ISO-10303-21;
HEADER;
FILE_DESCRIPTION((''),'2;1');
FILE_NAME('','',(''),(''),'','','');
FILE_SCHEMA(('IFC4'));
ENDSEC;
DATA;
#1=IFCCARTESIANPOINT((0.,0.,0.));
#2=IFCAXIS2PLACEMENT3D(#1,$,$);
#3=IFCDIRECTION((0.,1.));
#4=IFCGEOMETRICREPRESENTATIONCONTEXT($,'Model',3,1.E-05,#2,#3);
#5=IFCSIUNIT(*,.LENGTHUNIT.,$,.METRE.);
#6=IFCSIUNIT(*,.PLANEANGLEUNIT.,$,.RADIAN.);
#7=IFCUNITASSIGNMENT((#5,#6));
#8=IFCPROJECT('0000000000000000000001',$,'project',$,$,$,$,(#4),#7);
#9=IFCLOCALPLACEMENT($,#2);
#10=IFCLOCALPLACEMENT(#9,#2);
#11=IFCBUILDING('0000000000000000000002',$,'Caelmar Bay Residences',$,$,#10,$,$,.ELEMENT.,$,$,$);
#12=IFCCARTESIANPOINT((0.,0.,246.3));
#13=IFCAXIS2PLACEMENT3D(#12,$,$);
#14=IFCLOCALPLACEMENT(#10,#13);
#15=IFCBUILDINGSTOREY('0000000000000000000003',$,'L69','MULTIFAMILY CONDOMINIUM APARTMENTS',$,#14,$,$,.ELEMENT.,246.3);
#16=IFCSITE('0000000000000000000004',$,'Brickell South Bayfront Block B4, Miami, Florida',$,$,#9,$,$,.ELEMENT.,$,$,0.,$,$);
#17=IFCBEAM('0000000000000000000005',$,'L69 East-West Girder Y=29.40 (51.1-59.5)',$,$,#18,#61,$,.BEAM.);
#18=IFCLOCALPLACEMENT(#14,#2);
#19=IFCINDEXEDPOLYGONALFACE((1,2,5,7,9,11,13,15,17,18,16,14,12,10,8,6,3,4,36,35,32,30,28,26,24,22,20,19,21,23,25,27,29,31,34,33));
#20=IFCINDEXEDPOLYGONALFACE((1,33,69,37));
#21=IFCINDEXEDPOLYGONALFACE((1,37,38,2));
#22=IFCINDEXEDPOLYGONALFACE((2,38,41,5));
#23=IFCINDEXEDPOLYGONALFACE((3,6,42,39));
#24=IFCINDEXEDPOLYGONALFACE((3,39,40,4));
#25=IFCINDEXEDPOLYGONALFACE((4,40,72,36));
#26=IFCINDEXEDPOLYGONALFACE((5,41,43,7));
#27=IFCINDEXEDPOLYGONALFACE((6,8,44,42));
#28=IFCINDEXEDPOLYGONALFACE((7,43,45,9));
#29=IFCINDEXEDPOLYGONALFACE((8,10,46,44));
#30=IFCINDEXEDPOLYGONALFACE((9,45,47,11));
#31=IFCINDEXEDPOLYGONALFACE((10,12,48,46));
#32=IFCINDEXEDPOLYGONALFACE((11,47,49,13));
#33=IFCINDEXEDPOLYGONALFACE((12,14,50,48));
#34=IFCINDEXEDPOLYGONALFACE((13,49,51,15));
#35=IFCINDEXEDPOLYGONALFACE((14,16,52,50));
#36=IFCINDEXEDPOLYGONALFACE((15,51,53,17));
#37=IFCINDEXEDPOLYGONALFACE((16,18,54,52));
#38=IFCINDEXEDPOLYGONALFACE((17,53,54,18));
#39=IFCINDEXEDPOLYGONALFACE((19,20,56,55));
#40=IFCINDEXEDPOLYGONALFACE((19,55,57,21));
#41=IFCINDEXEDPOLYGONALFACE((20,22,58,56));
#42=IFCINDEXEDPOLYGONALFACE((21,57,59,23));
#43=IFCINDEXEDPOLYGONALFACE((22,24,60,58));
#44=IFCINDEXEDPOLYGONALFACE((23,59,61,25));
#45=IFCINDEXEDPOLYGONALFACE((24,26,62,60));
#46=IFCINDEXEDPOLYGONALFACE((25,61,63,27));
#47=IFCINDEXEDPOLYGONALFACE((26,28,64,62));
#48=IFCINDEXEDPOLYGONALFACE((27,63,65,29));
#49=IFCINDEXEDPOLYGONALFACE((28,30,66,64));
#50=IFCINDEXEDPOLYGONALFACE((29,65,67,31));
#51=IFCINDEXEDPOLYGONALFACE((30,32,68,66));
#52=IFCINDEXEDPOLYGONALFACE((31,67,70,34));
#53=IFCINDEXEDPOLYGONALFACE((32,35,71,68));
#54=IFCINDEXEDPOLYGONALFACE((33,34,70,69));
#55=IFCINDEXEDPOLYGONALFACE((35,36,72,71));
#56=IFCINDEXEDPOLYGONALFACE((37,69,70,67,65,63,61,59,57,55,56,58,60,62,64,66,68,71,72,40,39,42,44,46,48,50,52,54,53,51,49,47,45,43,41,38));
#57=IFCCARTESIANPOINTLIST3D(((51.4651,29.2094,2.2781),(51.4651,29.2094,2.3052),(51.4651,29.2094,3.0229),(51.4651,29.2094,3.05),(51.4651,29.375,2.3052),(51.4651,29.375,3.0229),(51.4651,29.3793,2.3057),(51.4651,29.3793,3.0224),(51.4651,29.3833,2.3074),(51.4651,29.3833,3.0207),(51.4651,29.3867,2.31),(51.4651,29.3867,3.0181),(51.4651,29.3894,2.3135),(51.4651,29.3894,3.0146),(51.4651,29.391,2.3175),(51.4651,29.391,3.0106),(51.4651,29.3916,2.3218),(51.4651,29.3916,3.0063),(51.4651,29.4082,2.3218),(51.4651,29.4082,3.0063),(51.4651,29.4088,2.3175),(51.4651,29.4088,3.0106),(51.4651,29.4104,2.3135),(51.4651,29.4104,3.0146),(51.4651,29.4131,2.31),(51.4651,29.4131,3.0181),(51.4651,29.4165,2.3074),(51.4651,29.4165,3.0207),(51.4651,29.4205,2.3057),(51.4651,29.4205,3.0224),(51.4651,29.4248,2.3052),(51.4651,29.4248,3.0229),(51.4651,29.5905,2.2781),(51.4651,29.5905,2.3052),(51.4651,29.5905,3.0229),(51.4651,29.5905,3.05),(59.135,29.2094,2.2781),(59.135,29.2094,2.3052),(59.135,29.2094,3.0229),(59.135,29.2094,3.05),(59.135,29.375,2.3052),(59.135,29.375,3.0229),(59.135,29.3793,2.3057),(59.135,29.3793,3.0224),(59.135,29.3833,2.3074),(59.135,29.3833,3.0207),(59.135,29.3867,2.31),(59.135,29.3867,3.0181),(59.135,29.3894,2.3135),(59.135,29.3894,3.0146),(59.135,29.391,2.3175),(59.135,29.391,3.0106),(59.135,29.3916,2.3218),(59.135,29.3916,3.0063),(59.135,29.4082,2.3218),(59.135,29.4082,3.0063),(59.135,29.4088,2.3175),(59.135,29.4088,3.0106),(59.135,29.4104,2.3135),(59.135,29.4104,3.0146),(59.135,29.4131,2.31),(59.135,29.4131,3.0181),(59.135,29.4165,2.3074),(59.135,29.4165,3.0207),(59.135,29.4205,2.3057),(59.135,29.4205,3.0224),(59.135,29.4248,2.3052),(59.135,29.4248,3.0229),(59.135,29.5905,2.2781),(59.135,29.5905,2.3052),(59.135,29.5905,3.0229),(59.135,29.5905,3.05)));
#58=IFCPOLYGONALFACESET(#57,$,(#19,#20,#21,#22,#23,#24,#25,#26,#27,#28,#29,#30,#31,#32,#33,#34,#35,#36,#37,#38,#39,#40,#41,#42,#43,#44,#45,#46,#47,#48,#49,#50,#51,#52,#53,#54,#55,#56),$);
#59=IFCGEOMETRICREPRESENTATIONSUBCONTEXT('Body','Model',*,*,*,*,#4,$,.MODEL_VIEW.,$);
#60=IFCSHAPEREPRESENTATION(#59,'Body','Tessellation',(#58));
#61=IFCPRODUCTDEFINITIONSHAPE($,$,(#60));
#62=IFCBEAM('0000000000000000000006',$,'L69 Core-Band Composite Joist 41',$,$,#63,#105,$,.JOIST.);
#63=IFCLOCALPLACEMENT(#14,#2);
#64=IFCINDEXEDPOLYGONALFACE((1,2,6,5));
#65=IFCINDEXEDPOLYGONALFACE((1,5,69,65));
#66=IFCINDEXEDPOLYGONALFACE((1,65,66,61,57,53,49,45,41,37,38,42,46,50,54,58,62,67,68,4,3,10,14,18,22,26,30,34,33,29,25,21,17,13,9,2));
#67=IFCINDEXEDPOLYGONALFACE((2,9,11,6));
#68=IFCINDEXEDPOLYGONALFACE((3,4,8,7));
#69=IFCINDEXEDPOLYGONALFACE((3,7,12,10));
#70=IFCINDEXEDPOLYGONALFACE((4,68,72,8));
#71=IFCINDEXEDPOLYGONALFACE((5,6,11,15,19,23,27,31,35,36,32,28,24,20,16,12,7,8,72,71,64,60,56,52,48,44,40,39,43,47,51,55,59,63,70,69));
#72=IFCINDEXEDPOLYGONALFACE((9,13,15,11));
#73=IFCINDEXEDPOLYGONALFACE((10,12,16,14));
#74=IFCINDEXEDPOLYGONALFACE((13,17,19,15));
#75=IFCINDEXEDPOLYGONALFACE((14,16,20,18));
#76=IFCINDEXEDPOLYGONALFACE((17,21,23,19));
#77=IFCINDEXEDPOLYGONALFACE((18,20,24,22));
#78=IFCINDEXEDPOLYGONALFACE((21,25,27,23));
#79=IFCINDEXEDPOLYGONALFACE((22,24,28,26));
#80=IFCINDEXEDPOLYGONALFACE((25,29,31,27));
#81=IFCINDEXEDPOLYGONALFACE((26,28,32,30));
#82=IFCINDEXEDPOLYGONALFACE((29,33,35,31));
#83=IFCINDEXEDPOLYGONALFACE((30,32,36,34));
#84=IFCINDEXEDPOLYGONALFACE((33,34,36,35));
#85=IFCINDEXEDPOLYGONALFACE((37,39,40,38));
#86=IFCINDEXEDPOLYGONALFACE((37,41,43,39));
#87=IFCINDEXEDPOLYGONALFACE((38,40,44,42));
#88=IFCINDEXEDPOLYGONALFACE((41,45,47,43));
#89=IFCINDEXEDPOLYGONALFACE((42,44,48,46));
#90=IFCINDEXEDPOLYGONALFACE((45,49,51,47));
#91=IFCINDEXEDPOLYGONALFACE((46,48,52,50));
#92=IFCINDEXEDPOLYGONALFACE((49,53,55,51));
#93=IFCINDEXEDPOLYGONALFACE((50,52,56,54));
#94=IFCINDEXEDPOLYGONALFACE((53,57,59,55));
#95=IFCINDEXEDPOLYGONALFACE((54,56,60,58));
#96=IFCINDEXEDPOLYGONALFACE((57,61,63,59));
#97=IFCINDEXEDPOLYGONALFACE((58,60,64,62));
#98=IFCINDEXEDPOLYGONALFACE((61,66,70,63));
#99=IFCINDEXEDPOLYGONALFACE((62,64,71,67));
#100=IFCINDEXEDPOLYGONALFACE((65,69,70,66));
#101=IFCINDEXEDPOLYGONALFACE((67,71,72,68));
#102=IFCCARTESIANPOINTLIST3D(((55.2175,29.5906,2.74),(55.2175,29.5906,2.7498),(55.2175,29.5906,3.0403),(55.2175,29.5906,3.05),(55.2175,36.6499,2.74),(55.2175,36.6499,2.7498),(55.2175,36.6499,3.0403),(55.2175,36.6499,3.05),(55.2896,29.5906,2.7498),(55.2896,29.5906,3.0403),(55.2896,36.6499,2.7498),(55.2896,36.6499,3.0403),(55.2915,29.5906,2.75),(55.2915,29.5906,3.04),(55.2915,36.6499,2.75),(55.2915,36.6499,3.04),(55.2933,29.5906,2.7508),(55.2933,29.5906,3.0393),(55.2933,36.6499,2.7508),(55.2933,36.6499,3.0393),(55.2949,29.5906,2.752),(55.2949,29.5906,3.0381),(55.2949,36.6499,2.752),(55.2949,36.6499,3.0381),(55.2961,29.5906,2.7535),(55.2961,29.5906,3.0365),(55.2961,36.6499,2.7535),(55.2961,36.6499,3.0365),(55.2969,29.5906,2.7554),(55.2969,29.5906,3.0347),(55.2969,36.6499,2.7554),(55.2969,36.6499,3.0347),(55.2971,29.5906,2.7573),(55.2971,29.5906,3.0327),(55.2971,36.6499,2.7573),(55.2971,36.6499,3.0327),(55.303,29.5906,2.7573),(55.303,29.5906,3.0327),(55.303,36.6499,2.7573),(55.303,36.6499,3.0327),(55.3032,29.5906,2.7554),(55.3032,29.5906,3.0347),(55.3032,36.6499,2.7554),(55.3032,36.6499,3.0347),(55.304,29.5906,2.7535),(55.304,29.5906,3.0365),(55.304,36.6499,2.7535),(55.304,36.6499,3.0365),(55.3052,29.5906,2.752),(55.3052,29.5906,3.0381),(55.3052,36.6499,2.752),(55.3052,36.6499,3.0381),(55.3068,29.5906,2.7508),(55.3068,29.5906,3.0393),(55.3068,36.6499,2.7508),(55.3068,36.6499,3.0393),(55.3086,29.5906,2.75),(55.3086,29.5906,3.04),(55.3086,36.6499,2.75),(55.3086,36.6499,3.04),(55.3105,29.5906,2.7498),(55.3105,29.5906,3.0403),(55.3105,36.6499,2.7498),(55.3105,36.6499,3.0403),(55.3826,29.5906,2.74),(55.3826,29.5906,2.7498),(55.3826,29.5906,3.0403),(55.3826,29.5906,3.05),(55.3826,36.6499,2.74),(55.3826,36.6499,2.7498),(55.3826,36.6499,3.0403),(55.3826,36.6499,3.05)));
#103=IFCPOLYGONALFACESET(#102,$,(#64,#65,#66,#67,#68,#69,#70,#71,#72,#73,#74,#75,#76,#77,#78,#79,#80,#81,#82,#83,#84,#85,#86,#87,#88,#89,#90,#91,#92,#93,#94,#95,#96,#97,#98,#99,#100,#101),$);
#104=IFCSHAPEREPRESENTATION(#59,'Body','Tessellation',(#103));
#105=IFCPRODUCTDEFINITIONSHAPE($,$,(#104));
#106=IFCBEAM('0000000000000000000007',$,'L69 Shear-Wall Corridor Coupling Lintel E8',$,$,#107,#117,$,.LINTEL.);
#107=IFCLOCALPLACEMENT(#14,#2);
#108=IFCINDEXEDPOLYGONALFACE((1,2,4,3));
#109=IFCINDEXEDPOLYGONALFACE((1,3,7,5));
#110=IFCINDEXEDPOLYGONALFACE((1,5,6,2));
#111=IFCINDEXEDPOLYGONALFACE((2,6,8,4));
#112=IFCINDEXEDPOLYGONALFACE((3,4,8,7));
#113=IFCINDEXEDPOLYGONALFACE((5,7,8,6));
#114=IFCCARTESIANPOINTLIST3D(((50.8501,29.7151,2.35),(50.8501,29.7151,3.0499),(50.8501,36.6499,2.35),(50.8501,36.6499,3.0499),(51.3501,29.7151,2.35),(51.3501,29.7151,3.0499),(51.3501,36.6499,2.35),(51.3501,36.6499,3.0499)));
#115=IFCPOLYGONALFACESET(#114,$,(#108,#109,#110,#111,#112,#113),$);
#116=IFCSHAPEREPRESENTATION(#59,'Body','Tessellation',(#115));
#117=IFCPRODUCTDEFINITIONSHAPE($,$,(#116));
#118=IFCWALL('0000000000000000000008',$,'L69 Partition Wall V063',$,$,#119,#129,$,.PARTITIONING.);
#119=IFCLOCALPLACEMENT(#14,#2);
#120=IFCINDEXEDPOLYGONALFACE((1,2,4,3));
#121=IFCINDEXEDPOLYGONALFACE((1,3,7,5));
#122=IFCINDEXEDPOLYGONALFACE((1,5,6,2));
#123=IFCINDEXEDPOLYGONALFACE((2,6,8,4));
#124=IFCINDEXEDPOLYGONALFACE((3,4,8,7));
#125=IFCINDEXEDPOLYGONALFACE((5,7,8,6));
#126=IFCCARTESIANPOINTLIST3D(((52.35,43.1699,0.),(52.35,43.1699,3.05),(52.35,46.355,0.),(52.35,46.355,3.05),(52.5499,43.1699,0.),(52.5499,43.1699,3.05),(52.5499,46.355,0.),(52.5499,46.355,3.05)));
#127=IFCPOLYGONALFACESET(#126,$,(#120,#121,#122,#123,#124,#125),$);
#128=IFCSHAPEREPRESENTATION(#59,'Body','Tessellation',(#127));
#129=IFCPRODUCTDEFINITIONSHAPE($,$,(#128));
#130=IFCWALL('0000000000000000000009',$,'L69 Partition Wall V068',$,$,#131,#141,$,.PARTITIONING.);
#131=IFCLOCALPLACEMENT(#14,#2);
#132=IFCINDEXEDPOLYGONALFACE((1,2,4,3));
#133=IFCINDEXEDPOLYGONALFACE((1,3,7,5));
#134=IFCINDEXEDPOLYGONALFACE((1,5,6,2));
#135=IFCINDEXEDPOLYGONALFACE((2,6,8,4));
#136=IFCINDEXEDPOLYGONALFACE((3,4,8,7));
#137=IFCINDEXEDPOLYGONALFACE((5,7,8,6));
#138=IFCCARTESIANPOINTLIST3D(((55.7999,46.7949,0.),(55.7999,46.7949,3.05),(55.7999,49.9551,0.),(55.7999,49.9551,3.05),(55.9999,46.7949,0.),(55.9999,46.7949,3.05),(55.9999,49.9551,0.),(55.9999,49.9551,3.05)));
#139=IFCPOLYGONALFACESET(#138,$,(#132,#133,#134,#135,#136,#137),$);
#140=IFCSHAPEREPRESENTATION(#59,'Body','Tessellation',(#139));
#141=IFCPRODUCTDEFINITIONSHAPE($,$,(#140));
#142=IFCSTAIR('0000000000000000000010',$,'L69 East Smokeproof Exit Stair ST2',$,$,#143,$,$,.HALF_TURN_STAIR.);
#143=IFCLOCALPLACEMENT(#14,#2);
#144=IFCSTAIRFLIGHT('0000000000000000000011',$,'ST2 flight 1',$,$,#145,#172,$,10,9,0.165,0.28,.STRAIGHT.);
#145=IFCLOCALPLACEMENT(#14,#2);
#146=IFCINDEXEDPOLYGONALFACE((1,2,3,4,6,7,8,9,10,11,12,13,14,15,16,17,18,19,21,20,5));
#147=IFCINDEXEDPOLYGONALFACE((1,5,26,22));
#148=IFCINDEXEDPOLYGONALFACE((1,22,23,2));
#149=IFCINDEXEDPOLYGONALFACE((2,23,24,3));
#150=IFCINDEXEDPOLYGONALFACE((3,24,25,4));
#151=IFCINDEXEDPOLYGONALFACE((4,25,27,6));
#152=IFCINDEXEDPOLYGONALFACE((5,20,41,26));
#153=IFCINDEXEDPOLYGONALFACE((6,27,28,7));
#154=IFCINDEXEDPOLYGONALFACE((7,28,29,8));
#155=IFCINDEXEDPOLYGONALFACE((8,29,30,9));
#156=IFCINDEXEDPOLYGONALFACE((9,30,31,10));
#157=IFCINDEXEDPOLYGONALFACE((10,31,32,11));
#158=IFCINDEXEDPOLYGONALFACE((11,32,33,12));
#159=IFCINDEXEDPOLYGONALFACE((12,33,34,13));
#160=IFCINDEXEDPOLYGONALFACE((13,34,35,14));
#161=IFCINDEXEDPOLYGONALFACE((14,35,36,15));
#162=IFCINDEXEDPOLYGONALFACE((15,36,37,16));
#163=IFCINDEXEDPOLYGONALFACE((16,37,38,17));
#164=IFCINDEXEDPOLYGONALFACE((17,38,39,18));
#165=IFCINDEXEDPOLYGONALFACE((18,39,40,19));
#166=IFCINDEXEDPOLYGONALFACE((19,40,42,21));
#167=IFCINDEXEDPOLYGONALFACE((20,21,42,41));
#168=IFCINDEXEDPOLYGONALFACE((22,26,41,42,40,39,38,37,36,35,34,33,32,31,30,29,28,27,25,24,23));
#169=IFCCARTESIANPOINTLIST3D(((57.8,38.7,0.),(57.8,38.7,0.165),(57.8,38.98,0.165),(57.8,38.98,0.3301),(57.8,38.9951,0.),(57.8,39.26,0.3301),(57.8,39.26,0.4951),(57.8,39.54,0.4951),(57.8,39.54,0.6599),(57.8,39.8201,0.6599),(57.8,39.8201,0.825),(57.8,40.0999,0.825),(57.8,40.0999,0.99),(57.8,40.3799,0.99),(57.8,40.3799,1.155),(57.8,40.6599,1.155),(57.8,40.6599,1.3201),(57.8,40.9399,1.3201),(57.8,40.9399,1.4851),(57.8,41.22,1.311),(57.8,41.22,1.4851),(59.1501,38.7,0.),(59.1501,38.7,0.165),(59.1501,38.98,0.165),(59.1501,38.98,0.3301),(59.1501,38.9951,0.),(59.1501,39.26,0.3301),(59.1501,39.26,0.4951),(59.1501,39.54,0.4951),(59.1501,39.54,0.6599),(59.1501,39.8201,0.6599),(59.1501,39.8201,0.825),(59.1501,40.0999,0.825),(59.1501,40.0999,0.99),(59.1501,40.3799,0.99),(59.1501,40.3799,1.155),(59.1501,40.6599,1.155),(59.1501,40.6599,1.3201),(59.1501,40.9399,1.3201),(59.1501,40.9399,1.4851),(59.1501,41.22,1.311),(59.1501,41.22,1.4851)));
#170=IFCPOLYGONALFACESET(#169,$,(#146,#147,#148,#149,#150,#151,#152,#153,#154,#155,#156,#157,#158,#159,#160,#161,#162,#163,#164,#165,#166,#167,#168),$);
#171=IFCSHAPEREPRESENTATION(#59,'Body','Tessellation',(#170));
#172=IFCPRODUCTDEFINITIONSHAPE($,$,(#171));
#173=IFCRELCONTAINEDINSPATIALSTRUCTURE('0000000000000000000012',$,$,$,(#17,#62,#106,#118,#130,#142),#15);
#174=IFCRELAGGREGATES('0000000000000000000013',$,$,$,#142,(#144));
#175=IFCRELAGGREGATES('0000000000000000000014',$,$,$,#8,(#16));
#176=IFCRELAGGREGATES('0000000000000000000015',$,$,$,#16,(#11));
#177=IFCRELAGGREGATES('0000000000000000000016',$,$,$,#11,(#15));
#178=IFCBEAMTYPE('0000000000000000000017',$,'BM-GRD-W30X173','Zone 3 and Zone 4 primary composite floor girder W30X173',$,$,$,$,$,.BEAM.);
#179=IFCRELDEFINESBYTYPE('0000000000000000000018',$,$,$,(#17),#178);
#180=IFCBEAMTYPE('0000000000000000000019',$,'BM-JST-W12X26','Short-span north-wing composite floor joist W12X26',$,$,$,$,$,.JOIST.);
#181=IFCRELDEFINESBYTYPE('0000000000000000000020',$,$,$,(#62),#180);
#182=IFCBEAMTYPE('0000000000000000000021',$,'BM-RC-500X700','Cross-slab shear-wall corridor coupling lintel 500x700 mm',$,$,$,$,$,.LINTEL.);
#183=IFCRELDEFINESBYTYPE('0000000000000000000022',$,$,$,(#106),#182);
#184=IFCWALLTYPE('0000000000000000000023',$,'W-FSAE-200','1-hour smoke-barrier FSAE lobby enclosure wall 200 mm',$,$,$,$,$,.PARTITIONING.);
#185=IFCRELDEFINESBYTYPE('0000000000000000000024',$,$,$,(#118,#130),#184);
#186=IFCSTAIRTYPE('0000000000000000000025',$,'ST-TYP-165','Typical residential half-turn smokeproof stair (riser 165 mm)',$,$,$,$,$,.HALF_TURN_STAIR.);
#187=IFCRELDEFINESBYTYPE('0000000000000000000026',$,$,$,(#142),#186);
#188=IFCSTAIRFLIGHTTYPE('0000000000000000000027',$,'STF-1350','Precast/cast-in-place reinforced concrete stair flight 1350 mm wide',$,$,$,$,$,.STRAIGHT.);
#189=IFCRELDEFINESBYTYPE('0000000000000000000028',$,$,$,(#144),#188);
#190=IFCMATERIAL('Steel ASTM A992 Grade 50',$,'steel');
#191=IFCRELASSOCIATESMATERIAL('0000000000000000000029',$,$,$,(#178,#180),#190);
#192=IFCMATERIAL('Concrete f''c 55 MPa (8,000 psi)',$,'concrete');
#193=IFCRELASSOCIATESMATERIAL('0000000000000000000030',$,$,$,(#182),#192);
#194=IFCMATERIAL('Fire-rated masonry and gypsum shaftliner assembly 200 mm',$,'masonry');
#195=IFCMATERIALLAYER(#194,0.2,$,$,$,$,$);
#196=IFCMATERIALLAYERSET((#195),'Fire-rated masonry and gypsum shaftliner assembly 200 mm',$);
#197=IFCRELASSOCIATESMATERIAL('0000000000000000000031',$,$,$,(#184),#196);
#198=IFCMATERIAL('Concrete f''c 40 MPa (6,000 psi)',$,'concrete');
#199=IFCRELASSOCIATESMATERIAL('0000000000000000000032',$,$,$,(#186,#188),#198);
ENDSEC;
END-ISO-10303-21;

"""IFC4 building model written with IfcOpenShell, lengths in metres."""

from ifc_helpers import new_model, si_unit, direction, frame, frame_2d, origin, origin_2d, place, context, subcontext, project, spatial, polyline, rectangle, i_section, outline, extrude, material, layer, layer_set, material_profile, profile_set, type_object, element, aggregate, save


model = new_model("IFC4")

# Units and contexts
model_context = context("Model", 3, precision=1e-05, world=origin(), true_north=direction((0.0, 1.0)))
body_context = subcontext(model_context, "Body", "Model", "MODEL_VIEW")
ifc_project = project(units=[si_unit("LENGTHUNIT", "METRE"), si_unit("PLANEANGLEUNIT", "RADIAN")], contexts=[model_context])

# Site, building, storey
site_placement = place(None, origin())
site = spatial("IfcSite", under=ifc_project, at=site_placement, Name="Brickell South Bayfront Block B4, Miami, Florida", CompositionType="ELEMENT", RefElevation=0.0)
building_placement = place(site_placement, origin())
building = spatial("IfcBuilding", under=site, at=building_placement, Name="Caelmar Bay Residences", CompositionType="ELEMENT")
storey_placement = place(building_placement, frame((0.0, 0.0, 246.3)))
storey = spatial("IfcBuildingStorey", under=building, at=storey_placement, Name="L69", Description="MULTIFAMILY CONDOMINIUM APARTMENTS", CompositionType="ELEMENT", Elevation=246.3)

# Beams
ifc_material_1 = material(Name="Steel ASTM A992 Grade 50", Category="steel")
ifc_material_profile_1 = material_profile(ifc_material_1, i_section(OverallWidth=0.3811, OverallDepth=0.772, WebThickness=0.0166, FlangeThickness=0.0271, FilletRadius=0.0166, at=origin_2d()), Name="W30X173")
ifc_profile_set_1 = profile_set([ifc_material_profile_1], Name="Steel ASTM A992 Grade 50")
beam_type_1 = type_object("IfcBeamType", Name="BM-GRD-W30X173", Description="Zone 3 and Zone 4 primary composite floor girder W30X173", PredefinedType="BEAM", material=ifc_profile_set_1)
beam_1_placement = place(storey_placement, frame((51.4651, 29.3999, 2.6641), z_axis=(1.0, 0.0, 0.0), x_axis=(0.0, 1.0, 0.0)))
element("IfcBeam", 1, at=beam_1_placement, inside=storey, type_object=beam_type_1, Name="L69 East-West Girder Y=29.40 (51.1-59.5)", PredefinedType="BEAM", context=body_context, shape_type="SweptSolid", body=[
    extrude(i_section(OverallWidth=0.3811, OverallDepth=0.772, WebThickness=0.0166, FlangeThickness=0.0271, FilletRadius=0.0166, at=origin_2d()), origin(), (0.0, 0.0, 1.0), 7.6699),
])
ifc_material_profile_2 = material_profile(ifc_material_1, i_section(OverallWidth=0.165, OverallDepth=0.3101, WebThickness=0.0059, FlangeThickness=0.0098, FilletRadius=0.0076, at=origin_2d()), Name="W12X26")
ifc_profile_set_2 = profile_set([ifc_material_profile_2], Name="Steel ASTM A992 Grade 50")
beam_type_2 = type_object("IfcBeamType", Name="BM-JST-W12X26", Description="Short-span north-wing composite floor joist W12X26", PredefinedType="JOIST", material=ifc_profile_set_2)
beam_2_placement = place(storey_placement, frame((55.3, 29.5906, 2.895), z_axis=(0.0, 1.0, 0.0), x_axis=(-1.0, 0.0, 0.0)))
element("IfcBeam", 2, at=beam_2_placement, inside=storey, type_object=beam_type_2, Name="L69 Core-Band Composite Joist 41", PredefinedType="JOIST", context=body_context, shape_type="SweptSolid", body=[
    extrude(i_section(OverallWidth=0.165, OverallDepth=0.3101, WebThickness=0.0059, FlangeThickness=0.0098, FilletRadius=0.0076, at=origin_2d()), origin(), (0.0, 0.0, 1.0), 7.0593),
])
ifc_material_2 = material(Name="Concrete f'c 55 MPa (8,000 psi)", Category="concrete")
ifc_material_profile_3 = material_profile(ifc_material_2, rectangle(XDim=0.5, YDim=0.7, at=origin_2d()), Name="RC-BM-500X700")
ifc_profile_set_3 = profile_set([ifc_material_profile_3], Name="Concrete f'c 55 MPa (8,000 psi)")
beam_type_3 = type_object("IfcBeamType", Name="BM-RC-500X700", Description="Cross-slab shear-wall corridor coupling lintel 500x700 mm", PredefinedType="LINTEL", material=ifc_profile_set_3)
beam_3_placement = place(storey_placement, frame((51.1001, 29.7151, 2.7), z_axis=(0.0, 1.0, 0.0), x_axis=(-1.0, 0.0, 0.0)))
element("IfcBeam", 3, at=beam_3_placement, inside=storey, type_object=beam_type_3, Name="L69 Shear-Wall Corridor Coupling Lintel E8", PredefinedType="LINTEL", context=body_context, shape_type="SweptSolid", body=[
    extrude(rectangle(XDim=0.5, YDim=0.7, at=origin_2d()), origin(), (0.0, 0.0, 1.0), 6.9348),
])

# Walls
ifc_material_3 = material(Name="Fire-rated masonry and gypsum shaftliner assembly 200 mm", Category="masonry")
ifc_layer_1 = layer(ifc_material_3, 0.2)
ifc_layer_set_1 = layer_set([ifc_layer_1], Name="Fire-rated masonry and gypsum shaftliner assembly 200 mm")
wall_type_1 = type_object("IfcWallType", Name="W-FSAE-200", Description="1-hour smoke-barrier FSAE lobby enclosure wall 200 mm", PredefinedType="PARTITIONING", material=ifc_layer_set_1)
wall_1_placement = place(storey_placement, frame((52.45, 43.1699, 0.0), z_axis=(0.0, 0.0, 1.0), x_axis=(0.0, 1.0, 0.0)))
element("IfcWall", 4, at=wall_1_placement, inside=storey, type_object=wall_type_1, Name="L69 Partition Wall V063", PredefinedType="PARTITIONING", context=body_context, shape_type="SweptSolid", body=[
    extrude(rectangle(XDim=3.1851, YDim=0.2, at=frame_2d((1.5925, 0.0))), origin(), (0.0, 0.0, 1.0), 3.05),
])
wall_2_placement = place(storey_placement, frame((55.8999, 46.7949, 0.0), z_axis=(0.0, 0.0, 1.0), x_axis=(0.0, 1.0, 0.0)))
element("IfcWall", 5, at=wall_2_placement, inside=storey, type_object=wall_type_1, Name="L69 Partition Wall V068", PredefinedType="PARTITIONING", context=body_context, shape_type="SweptSolid", body=[
    extrude(rectangle(XDim=3.1602, YDim=0.2, at=frame_2d((1.5801, 0.0))), origin(), (0.0, 0.0, 1.0), 3.05),
])

# Stair, stair flight
ifc_material_4 = material(Name="Concrete f'c 40 MPa (6,000 psi)", Category="concrete")
stair_type = type_object("IfcStairType", Name="ST-TYP-165", Description="Typical residential half-turn smokeproof stair (riser 165 mm)", PredefinedType="HALF_TURN_STAIR", material=ifc_material_4)
stair_placement = place(storey_placement, origin())
stair = element("IfcStair", 6, at=stair_placement, inside=storey, type_object=stair_type, Name="L69 East Smokeproof Exit Stair ST2", PredefinedType="HALF_TURN_STAIR")
stair_flight_type = type_object("IfcStairFlightType", Name="STF-1350", Description="Precast/cast-in-place reinforced concrete stair flight 1350 mm wide", PredefinedType="STRAIGHT", material=ifc_material_4)
stair_flight_1_placement = place(storey_placement, frame((58.4751, 38.7, 0.0), z_axis=(0.0, 0.0, 1.0), x_axis=(0.0, 1.0, 0.0)))
stair_flight_1 = element("IfcStairFlight", 7, at=stair_flight_1_placement, type_object=stair_flight_type, Name="ST2 flight 1", NumberOfRisers=10, NumberOfTreads=9, PredefinedType="STRAIGHT", RiserHeight=0.165, TreadLength=0.28, context=body_context, shape_type="SweptSolid", body=[
    extrude(outline(polyline([(0.0, 0.0), (0.0, 0.165), (0.28, 0.165), (0.28, 0.3301), (0.5601, 0.3301), (0.5601, 0.4951), (0.8401, 0.4951), (0.8401, 0.6599), (1.1201, 0.6599), (1.1201, 0.825), (1.3999, 0.825), (1.3999, 0.99), (1.6799, 0.99), (1.6799, 1.155), (1.96, 1.155), (1.96, 1.3201), (2.24, 1.3201), (2.24, 1.4851), (2.52, 1.4851), (2.52, 1.6499), (2.52, 1.311), (0.2952, 0.0), (0.0, 0.0)])), frame((0.0, 0.675, 0.0), z_axis=(0.0, -1.0, 0.0), x_axis=(1.0, 0.0, 0.0)), (0.0, 0.0, 1.0), 1.3501),
])
aggregate(stair, [stair_flight_1])

save(model, "model.ifc")
